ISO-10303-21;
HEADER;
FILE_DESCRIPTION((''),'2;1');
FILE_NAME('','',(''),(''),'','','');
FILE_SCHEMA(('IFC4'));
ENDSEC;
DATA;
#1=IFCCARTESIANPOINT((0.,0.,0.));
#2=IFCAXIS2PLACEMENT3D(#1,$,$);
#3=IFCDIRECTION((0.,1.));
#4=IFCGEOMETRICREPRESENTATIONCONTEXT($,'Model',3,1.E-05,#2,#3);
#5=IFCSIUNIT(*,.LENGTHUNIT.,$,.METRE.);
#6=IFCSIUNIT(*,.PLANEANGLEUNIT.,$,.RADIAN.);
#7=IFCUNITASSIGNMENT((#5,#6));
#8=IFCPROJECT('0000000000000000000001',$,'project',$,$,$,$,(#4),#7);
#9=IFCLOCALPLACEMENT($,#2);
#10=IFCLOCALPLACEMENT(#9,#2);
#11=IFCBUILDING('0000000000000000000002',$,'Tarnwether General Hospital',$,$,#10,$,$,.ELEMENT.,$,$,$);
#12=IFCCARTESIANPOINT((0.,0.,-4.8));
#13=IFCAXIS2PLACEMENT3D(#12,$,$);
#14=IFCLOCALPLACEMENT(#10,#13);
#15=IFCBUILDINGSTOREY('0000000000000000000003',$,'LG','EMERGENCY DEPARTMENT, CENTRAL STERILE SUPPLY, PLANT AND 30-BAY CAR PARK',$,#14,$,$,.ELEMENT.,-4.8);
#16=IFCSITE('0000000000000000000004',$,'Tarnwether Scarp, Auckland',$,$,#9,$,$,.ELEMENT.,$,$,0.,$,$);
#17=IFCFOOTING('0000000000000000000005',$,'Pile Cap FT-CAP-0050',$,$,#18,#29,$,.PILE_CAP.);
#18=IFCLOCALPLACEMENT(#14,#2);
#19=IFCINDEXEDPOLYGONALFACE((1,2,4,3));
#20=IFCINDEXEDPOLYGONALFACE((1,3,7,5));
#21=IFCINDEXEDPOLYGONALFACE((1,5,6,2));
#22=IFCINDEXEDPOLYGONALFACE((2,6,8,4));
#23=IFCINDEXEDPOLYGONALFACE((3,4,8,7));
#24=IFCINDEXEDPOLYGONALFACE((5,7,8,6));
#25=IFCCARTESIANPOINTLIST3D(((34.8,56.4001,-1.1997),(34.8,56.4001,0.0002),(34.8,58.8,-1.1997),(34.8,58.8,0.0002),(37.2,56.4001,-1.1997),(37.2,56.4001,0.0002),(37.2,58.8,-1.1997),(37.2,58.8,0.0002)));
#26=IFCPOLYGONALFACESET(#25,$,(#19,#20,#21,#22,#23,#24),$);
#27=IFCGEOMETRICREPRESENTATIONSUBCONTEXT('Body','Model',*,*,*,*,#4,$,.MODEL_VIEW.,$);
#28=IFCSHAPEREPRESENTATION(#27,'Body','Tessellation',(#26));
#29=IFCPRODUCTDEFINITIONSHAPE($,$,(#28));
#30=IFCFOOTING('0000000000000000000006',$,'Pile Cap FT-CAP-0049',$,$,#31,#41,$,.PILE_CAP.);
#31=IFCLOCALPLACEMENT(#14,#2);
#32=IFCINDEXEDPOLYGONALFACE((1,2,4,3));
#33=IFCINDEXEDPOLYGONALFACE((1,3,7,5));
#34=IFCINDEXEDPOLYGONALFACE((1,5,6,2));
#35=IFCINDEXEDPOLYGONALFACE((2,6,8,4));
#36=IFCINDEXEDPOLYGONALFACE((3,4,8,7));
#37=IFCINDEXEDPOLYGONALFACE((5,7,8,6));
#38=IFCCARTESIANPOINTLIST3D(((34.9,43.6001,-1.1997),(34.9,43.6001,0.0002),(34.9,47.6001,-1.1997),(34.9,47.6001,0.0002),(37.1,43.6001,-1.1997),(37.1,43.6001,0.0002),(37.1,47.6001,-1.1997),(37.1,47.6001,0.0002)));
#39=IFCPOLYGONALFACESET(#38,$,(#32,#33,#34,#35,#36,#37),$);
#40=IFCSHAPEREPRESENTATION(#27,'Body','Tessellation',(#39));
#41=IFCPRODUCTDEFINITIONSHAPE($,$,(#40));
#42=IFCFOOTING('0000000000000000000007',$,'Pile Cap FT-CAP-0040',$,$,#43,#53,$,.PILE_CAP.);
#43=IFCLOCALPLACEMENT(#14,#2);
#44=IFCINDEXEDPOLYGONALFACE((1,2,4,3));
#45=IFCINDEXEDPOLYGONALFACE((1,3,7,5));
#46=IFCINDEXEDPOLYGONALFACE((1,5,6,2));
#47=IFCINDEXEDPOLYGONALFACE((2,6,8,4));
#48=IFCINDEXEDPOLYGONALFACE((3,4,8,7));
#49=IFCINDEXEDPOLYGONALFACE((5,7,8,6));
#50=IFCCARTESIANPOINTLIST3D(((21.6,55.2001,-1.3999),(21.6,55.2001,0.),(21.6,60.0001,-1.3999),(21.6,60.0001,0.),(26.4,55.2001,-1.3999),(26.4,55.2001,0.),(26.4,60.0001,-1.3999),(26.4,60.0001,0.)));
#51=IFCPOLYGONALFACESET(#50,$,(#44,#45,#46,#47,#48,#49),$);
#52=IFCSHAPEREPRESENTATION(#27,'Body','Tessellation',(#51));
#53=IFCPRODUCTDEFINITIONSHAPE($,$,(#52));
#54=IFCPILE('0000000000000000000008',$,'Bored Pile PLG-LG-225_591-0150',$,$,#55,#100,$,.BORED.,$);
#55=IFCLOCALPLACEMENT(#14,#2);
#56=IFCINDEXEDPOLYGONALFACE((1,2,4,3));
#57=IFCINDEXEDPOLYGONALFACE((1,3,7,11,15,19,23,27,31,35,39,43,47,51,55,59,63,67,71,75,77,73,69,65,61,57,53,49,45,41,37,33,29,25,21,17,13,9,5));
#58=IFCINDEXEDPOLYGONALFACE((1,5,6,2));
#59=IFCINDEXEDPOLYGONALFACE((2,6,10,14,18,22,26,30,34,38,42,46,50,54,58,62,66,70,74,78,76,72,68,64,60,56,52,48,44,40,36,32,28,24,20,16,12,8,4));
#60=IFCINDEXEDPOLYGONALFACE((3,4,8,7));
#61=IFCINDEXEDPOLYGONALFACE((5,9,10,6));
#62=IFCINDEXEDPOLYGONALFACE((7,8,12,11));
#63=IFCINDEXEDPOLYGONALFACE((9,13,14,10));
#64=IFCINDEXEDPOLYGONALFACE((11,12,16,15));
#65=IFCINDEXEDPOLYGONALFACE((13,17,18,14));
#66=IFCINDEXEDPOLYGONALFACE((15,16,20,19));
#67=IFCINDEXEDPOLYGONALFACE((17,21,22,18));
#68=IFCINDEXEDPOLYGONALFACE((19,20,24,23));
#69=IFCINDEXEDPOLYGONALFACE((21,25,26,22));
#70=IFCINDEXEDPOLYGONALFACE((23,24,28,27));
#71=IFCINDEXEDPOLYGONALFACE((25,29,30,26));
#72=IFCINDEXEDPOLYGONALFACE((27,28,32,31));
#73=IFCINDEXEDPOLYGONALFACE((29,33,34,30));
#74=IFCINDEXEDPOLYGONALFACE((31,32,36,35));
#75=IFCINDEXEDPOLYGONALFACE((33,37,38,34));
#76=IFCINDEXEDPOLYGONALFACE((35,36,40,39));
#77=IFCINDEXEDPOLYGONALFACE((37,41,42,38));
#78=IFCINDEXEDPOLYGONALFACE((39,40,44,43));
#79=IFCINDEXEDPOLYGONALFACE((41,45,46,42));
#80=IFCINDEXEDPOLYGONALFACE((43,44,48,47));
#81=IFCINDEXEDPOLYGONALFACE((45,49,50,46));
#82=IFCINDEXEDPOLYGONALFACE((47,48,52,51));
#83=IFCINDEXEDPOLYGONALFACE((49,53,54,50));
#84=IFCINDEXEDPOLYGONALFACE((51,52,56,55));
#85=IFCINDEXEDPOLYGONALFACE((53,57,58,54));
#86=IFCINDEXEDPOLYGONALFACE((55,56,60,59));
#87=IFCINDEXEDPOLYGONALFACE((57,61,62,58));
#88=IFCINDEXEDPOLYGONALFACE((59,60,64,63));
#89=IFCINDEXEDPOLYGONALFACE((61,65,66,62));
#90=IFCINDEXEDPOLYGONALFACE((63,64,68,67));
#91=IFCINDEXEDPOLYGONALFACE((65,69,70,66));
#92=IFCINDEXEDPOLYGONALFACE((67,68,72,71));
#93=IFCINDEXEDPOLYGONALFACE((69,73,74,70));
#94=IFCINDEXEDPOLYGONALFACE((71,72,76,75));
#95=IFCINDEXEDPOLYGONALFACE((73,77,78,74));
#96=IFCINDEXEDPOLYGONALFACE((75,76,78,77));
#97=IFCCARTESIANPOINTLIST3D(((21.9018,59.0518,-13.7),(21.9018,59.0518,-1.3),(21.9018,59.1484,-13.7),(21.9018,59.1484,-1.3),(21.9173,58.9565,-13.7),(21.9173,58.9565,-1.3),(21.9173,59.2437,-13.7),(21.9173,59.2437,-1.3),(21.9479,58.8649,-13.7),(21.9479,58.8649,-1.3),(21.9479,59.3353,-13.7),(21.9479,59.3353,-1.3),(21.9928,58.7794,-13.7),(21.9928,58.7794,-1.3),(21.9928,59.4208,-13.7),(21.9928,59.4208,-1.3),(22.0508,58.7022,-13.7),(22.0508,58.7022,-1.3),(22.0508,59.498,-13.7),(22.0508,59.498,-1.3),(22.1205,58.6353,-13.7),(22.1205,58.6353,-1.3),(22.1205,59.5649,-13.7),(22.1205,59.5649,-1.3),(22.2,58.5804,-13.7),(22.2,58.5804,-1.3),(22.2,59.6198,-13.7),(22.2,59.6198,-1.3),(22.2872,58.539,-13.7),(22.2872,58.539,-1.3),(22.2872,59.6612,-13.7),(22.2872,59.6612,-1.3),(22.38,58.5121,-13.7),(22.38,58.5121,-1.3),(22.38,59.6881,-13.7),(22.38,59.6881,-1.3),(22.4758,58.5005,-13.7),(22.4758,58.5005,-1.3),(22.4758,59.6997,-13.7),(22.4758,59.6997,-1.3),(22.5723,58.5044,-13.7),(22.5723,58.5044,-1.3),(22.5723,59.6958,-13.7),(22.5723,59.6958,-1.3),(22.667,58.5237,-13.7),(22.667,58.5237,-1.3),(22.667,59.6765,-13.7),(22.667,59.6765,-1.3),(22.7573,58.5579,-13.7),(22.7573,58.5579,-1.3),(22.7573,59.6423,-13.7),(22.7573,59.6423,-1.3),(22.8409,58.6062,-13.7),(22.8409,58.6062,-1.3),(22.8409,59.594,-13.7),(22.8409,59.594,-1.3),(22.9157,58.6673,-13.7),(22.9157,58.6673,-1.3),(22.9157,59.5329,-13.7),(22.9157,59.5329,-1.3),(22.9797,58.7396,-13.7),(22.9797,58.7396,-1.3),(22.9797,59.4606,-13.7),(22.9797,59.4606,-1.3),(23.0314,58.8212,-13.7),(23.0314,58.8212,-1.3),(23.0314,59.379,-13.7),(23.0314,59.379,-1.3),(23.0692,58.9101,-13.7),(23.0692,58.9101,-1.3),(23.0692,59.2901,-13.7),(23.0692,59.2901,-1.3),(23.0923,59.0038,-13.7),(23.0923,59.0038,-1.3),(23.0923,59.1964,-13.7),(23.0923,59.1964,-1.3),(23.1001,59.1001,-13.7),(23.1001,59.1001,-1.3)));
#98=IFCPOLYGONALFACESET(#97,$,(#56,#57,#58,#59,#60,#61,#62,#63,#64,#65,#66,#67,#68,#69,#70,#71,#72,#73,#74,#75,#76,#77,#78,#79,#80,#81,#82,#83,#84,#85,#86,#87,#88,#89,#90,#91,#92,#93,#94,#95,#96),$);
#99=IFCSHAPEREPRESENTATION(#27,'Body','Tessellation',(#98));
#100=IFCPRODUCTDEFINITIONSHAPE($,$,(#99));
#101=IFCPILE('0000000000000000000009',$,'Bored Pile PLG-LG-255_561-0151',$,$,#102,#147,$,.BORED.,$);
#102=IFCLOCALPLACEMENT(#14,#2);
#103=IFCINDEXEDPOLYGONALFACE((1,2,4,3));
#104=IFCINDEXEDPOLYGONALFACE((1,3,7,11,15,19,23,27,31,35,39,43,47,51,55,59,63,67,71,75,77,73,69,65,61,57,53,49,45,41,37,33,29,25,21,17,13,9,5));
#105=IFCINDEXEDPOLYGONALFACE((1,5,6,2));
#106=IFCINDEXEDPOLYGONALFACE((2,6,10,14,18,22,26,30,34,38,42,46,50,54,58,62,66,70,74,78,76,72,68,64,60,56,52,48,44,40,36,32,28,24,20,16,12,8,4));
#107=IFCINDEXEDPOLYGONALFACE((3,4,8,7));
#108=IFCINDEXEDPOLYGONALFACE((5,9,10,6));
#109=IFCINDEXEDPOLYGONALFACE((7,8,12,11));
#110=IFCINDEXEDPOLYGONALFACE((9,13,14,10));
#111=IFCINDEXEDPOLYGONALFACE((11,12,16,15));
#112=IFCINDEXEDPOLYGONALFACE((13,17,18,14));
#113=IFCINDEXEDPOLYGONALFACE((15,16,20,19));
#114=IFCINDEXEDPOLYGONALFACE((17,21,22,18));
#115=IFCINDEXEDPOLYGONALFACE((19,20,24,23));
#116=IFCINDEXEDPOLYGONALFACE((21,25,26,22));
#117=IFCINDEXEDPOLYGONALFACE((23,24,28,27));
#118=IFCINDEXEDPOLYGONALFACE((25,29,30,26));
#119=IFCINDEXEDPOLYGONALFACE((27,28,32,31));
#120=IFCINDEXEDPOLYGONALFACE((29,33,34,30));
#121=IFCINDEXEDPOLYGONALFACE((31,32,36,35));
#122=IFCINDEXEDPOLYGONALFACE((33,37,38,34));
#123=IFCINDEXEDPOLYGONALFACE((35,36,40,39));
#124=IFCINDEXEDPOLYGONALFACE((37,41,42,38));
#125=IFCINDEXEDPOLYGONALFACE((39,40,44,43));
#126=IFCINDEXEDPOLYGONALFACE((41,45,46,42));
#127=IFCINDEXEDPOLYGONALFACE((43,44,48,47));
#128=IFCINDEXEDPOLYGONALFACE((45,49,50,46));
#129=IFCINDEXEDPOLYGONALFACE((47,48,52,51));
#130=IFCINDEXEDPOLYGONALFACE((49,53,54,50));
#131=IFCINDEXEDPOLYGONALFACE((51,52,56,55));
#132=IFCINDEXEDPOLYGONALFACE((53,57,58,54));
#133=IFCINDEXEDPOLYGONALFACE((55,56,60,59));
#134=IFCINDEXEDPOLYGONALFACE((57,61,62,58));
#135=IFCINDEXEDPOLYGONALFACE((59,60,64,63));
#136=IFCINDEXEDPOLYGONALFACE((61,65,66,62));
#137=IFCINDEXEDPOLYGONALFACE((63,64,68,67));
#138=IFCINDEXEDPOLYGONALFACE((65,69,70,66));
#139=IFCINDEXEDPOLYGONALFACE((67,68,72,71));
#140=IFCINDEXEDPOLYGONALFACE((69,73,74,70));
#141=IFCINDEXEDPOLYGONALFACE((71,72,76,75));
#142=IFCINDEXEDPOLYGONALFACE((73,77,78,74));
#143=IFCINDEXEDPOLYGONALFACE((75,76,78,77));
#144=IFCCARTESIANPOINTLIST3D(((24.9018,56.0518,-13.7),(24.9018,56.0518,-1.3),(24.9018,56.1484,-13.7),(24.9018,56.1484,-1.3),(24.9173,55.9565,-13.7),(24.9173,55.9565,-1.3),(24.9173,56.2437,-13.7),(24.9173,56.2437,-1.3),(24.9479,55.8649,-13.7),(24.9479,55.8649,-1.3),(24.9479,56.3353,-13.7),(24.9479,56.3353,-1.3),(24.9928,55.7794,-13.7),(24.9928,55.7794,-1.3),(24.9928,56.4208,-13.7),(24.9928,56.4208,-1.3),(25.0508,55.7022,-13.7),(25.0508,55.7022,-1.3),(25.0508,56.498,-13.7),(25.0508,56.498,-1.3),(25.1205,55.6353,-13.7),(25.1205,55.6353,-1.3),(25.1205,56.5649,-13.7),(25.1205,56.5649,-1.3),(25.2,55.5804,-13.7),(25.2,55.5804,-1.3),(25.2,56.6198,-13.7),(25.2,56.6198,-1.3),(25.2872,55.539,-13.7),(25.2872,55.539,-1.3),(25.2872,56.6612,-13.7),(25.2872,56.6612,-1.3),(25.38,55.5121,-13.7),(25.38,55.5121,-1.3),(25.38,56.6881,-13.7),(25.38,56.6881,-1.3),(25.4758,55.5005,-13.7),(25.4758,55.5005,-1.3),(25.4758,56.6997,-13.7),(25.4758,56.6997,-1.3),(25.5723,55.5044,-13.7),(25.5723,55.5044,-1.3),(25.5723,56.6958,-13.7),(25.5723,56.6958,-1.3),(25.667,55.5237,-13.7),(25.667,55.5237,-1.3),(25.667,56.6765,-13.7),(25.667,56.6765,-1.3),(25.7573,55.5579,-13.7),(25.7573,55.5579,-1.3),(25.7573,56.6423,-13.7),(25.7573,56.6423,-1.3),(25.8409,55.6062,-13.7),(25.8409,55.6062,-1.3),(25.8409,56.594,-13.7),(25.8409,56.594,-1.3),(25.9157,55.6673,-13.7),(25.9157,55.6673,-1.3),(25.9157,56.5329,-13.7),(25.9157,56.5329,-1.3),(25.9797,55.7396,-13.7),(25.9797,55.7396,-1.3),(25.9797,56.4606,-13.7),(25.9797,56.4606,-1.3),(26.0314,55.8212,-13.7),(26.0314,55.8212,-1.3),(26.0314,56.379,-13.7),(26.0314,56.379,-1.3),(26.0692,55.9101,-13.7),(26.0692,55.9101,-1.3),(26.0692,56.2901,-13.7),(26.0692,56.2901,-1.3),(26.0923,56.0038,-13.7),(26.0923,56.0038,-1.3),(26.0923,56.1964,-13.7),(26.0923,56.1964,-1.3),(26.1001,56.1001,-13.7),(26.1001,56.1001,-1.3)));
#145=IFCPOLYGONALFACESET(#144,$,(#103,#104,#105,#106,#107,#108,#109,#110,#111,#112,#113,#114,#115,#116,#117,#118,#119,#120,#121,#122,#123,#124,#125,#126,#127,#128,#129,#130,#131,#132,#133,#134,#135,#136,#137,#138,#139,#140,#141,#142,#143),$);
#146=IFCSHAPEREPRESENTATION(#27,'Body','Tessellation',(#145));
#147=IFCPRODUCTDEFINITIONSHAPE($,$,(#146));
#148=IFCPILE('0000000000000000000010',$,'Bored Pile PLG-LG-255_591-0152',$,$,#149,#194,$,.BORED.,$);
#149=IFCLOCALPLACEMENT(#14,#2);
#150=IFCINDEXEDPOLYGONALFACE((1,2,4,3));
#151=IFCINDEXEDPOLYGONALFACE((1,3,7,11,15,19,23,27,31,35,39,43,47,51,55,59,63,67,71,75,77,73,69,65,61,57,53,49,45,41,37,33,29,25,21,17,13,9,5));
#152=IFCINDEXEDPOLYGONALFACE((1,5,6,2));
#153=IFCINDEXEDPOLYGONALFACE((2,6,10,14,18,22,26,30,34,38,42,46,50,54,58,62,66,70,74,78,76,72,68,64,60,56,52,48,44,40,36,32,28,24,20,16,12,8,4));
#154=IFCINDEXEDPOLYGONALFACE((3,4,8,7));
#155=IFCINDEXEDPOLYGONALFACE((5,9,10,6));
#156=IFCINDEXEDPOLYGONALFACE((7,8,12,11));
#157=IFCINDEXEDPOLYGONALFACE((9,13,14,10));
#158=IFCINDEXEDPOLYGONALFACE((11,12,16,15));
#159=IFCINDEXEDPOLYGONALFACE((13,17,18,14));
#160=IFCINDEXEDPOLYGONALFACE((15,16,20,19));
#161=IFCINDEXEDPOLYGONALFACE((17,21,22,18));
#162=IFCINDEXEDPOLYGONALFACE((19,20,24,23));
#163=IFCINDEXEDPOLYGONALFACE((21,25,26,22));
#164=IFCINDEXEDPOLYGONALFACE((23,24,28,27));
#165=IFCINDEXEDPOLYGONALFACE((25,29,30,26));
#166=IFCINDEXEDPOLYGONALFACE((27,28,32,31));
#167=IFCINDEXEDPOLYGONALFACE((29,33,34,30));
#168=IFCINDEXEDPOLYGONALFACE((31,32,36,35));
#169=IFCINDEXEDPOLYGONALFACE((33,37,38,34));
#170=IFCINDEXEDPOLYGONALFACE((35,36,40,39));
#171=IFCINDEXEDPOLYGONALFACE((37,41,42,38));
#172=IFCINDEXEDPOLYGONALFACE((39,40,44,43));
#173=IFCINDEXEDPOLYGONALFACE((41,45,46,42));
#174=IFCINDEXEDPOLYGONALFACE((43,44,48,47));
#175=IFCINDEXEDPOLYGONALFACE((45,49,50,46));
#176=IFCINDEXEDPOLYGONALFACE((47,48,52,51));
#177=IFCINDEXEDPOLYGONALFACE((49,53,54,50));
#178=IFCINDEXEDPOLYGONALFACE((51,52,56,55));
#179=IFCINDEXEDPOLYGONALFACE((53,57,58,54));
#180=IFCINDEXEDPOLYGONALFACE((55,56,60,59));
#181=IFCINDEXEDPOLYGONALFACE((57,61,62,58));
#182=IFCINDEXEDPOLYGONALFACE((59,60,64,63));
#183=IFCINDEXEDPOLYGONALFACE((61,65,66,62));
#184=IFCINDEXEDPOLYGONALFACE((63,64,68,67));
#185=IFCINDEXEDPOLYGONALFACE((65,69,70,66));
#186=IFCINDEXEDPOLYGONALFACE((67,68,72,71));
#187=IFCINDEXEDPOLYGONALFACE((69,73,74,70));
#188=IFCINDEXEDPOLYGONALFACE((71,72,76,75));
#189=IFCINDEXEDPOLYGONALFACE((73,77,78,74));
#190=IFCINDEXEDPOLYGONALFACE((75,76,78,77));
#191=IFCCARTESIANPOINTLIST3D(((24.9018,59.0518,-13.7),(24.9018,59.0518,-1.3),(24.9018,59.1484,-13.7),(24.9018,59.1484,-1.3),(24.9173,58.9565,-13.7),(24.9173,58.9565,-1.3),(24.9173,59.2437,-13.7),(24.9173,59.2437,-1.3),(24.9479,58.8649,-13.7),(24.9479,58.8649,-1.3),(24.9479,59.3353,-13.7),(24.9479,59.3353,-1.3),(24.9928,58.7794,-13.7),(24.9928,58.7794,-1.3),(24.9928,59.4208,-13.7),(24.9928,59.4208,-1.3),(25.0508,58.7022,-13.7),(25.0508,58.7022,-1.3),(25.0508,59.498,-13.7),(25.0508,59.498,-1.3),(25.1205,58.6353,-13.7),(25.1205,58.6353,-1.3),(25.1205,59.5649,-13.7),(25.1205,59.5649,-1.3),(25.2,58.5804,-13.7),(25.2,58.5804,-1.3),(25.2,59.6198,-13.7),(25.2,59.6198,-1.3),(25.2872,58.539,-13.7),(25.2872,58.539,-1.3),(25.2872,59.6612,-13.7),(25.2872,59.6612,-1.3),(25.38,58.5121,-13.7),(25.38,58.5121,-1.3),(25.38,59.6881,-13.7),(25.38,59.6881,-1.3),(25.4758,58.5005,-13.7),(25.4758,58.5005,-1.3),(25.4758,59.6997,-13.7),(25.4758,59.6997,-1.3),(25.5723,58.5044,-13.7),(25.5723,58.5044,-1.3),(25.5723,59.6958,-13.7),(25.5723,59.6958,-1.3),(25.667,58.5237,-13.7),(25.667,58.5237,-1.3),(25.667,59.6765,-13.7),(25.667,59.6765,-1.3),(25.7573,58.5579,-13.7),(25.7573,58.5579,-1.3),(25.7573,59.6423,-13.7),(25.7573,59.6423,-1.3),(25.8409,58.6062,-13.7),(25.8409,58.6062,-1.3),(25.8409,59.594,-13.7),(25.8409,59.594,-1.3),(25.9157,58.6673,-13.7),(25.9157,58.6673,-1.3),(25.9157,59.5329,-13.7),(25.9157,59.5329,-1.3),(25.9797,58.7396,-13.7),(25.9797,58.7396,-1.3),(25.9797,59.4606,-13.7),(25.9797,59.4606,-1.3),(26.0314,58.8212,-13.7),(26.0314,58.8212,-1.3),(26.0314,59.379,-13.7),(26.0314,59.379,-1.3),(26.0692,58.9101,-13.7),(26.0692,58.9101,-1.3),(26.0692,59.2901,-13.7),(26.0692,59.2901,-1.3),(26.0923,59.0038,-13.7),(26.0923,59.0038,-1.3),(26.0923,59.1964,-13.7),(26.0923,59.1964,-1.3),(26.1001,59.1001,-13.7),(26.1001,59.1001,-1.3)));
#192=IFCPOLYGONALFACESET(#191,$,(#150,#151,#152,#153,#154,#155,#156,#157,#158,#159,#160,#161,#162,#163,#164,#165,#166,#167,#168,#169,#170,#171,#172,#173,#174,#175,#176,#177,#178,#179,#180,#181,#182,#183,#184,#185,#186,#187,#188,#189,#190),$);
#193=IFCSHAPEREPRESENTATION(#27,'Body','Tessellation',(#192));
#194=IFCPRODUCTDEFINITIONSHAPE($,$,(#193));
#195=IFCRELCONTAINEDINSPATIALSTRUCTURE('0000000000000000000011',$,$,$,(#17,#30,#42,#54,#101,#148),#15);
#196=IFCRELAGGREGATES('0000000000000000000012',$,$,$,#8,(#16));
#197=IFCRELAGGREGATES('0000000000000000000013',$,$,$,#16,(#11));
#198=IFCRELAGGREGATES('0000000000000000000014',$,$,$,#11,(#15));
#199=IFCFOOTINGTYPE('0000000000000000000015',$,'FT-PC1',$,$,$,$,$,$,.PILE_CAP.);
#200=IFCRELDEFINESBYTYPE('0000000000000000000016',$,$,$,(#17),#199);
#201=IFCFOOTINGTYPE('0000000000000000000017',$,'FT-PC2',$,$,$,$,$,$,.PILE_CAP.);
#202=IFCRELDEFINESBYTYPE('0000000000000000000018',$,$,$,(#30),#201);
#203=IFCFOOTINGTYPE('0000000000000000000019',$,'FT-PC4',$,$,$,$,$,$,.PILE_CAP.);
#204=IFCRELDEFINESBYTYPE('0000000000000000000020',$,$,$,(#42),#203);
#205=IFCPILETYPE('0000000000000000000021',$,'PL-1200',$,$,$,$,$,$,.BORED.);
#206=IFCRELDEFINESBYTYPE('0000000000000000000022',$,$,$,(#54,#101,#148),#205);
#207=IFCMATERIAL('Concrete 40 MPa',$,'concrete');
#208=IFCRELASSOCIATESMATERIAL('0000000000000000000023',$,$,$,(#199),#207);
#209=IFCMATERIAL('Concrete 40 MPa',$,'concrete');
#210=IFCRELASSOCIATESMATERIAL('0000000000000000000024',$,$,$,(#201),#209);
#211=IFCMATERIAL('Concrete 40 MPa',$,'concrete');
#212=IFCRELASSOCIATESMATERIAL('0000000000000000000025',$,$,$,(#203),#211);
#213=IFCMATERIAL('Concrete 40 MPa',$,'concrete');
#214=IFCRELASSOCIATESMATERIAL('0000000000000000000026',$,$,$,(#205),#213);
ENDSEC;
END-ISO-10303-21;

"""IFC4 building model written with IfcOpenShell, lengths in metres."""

from ifc_helpers import new_model, si_unit, direction, frame, origin, origin_2d, place, context, subcontext, project, spatial, rectangle, circle, extrude, material, material_profile, profile_set, type_object, element, save


model = new_model("IFC4")

# Units and contexts
model_context = context("Model", 3, precision=1e-05, world=origin(), true_north=direction((0.0, 1.0)))
body_context = subcontext(model_context, "Body", "Model", "MODEL_VIEW")
ifc_project = project(units=[si_unit("LENGTHUNIT", "METRE"), si_unit("PLANEANGLEUNIT", "RADIAN")], contexts=[model_context])

# Site, building, storey
site_placement = place(None, origin())
site = spatial("IfcSite", under=ifc_project, at=site_placement, Name="Tarnwether Scarp, Auckland", CompositionType="ELEMENT", RefElevation=0.0)
building_placement = place(site_placement, origin())
building = spatial("IfcBuilding", under=site, at=building_placement, Name="Tarnwether General Hospital", CompositionType="ELEMENT")
storey_placement = place(building_placement, frame((0.0, 0.0, -4.8)))
storey = spatial("IfcBuildingStorey", under=building, at=storey_placement, Name="LG", Description="EMERGENCY DEPARTMENT, CENTRAL STERILE SUPPLY, PLANT AND 30-BAY CAR PARK", CompositionType="ELEMENT", Elevation=-4.8)

# Footings
ifc_material_1 = material(Name="Concrete 40 MPa", Category="concrete")
footing_type_1 = type_object("IfcFootingType", Name="FT-PC1", PredefinedType="PILE_CAP", material=ifc_material_1)
footing_1_placement = place(storey_placement, frame((36.0, 57.6001, -1.1997), z_axis=(0.0, 0.0, 1.0), x_axis=(0.0, 1.0, 0.0)))
element("IfcFooting", 1, at=footing_1_placement, inside=storey, type_object=footing_type_1, Name="Pile Cap FT-CAP-0050", PredefinedType="PILE_CAP", context=body_context, shape_type="SweptSolid", body=[
    extrude(rectangle(XDim=2.3999, YDim=2.3999, at=origin_2d()), origin(), (0.0, 0.0, 1.0), 1.2),
])
ifc_material_2 = material(Name="Concrete 40 MPa", Category="concrete")
footing_type_2 = type_object("IfcFootingType", Name="FT-PC2", PredefinedType="PILE_CAP", material=ifc_material_2)
footing_2_placement = place(storey_placement, frame((36.0, 45.6001, -1.1997), z_axis=(0.0, 0.0, 1.0), x_axis=(0.0, 1.0, 0.0)))
element("IfcFooting", 2, at=footing_2_placement, inside=storey, type_object=footing_type_2, Name="Pile Cap FT-CAP-0049", PredefinedType="PILE_CAP", context=body_context, shape_type="SweptSolid", body=[
    extrude(rectangle(XDim=4.0, YDim=2.2, at=origin_2d()), origin(), (0.0, 0.0, 1.0), 1.2),
])
ifc_material_3 = material(Name="Concrete 40 MPa", Category="concrete")
footing_type_3 = type_object("IfcFootingType", Name="FT-PC4", PredefinedType="PILE_CAP", material=ifc_material_3)
footing_3_placement = place(storey_placement, frame((24.0, 57.6001, -1.3999), z_axis=(0.0, 0.0, 1.0), x_axis=(1.0, 0.0, 0.0)))
element("IfcFooting", 3, at=footing_3_placement, inside=storey, type_object=footing_type_3, Name="Pile Cap FT-CAP-0040", PredefinedType="PILE_CAP", context=body_context, shape_type="SweptSolid", body=[
    extrude(rectangle(XDim=4.8, YDim=4.8, at=origin_2d()), origin(), (0.0, 0.0, 1.0), 1.3999),
])

# Piles
ifc_material_4 = material(Name="Concrete 40 MPa", Category="concrete")
ifc_material_profile_1 = material_profile(ifc_material_4, circle(Radius=0.6001, at=origin_2d()), Name="PILE-D1200")
ifc_profile_set_1 = profile_set([ifc_material_profile_1], Name="Concrete 40 MPa")
pile_type_1 = type_object("IfcPileType", Name="PL-1200", PredefinedType="BORED", material=ifc_profile_set_1)
for number, where, z_axis, x_axis, name in (
    (4, (22.5, 59.1001, -1.3), (0.0, 0.0, -1.0), (1.0, 0.0, 0.0), "Bored Pile PLG-LG-225_591-0150"),
    (5, (25.5, 56.1001, -1.3), (0.0, 0.0, -1.0), (1.0, 0.0, 0.0), "Bored Pile PLG-LG-255_561-0151"),
    (6, (25.5, 59.1001, -1.3), (0.0, 0.0, -1.0), (1.0, 0.0, 0.0), "Bored Pile PLG-LG-255_591-0152"),
):
    element("IfcPile", number, at=place(storey_placement, frame(where, z_axis=z_axis, x_axis=x_axis)), inside=storey, type_object=pile_type_1, Name=name, PredefinedType="BORED", context=body_context, shape_type="SweptSolid", body=[
        extrude(circle(Radius=0.6001, at=origin_2d()), origin(), (0.0, 0.0, 1.0), 12.3999),
    ])

save(model, "model.ifc")
